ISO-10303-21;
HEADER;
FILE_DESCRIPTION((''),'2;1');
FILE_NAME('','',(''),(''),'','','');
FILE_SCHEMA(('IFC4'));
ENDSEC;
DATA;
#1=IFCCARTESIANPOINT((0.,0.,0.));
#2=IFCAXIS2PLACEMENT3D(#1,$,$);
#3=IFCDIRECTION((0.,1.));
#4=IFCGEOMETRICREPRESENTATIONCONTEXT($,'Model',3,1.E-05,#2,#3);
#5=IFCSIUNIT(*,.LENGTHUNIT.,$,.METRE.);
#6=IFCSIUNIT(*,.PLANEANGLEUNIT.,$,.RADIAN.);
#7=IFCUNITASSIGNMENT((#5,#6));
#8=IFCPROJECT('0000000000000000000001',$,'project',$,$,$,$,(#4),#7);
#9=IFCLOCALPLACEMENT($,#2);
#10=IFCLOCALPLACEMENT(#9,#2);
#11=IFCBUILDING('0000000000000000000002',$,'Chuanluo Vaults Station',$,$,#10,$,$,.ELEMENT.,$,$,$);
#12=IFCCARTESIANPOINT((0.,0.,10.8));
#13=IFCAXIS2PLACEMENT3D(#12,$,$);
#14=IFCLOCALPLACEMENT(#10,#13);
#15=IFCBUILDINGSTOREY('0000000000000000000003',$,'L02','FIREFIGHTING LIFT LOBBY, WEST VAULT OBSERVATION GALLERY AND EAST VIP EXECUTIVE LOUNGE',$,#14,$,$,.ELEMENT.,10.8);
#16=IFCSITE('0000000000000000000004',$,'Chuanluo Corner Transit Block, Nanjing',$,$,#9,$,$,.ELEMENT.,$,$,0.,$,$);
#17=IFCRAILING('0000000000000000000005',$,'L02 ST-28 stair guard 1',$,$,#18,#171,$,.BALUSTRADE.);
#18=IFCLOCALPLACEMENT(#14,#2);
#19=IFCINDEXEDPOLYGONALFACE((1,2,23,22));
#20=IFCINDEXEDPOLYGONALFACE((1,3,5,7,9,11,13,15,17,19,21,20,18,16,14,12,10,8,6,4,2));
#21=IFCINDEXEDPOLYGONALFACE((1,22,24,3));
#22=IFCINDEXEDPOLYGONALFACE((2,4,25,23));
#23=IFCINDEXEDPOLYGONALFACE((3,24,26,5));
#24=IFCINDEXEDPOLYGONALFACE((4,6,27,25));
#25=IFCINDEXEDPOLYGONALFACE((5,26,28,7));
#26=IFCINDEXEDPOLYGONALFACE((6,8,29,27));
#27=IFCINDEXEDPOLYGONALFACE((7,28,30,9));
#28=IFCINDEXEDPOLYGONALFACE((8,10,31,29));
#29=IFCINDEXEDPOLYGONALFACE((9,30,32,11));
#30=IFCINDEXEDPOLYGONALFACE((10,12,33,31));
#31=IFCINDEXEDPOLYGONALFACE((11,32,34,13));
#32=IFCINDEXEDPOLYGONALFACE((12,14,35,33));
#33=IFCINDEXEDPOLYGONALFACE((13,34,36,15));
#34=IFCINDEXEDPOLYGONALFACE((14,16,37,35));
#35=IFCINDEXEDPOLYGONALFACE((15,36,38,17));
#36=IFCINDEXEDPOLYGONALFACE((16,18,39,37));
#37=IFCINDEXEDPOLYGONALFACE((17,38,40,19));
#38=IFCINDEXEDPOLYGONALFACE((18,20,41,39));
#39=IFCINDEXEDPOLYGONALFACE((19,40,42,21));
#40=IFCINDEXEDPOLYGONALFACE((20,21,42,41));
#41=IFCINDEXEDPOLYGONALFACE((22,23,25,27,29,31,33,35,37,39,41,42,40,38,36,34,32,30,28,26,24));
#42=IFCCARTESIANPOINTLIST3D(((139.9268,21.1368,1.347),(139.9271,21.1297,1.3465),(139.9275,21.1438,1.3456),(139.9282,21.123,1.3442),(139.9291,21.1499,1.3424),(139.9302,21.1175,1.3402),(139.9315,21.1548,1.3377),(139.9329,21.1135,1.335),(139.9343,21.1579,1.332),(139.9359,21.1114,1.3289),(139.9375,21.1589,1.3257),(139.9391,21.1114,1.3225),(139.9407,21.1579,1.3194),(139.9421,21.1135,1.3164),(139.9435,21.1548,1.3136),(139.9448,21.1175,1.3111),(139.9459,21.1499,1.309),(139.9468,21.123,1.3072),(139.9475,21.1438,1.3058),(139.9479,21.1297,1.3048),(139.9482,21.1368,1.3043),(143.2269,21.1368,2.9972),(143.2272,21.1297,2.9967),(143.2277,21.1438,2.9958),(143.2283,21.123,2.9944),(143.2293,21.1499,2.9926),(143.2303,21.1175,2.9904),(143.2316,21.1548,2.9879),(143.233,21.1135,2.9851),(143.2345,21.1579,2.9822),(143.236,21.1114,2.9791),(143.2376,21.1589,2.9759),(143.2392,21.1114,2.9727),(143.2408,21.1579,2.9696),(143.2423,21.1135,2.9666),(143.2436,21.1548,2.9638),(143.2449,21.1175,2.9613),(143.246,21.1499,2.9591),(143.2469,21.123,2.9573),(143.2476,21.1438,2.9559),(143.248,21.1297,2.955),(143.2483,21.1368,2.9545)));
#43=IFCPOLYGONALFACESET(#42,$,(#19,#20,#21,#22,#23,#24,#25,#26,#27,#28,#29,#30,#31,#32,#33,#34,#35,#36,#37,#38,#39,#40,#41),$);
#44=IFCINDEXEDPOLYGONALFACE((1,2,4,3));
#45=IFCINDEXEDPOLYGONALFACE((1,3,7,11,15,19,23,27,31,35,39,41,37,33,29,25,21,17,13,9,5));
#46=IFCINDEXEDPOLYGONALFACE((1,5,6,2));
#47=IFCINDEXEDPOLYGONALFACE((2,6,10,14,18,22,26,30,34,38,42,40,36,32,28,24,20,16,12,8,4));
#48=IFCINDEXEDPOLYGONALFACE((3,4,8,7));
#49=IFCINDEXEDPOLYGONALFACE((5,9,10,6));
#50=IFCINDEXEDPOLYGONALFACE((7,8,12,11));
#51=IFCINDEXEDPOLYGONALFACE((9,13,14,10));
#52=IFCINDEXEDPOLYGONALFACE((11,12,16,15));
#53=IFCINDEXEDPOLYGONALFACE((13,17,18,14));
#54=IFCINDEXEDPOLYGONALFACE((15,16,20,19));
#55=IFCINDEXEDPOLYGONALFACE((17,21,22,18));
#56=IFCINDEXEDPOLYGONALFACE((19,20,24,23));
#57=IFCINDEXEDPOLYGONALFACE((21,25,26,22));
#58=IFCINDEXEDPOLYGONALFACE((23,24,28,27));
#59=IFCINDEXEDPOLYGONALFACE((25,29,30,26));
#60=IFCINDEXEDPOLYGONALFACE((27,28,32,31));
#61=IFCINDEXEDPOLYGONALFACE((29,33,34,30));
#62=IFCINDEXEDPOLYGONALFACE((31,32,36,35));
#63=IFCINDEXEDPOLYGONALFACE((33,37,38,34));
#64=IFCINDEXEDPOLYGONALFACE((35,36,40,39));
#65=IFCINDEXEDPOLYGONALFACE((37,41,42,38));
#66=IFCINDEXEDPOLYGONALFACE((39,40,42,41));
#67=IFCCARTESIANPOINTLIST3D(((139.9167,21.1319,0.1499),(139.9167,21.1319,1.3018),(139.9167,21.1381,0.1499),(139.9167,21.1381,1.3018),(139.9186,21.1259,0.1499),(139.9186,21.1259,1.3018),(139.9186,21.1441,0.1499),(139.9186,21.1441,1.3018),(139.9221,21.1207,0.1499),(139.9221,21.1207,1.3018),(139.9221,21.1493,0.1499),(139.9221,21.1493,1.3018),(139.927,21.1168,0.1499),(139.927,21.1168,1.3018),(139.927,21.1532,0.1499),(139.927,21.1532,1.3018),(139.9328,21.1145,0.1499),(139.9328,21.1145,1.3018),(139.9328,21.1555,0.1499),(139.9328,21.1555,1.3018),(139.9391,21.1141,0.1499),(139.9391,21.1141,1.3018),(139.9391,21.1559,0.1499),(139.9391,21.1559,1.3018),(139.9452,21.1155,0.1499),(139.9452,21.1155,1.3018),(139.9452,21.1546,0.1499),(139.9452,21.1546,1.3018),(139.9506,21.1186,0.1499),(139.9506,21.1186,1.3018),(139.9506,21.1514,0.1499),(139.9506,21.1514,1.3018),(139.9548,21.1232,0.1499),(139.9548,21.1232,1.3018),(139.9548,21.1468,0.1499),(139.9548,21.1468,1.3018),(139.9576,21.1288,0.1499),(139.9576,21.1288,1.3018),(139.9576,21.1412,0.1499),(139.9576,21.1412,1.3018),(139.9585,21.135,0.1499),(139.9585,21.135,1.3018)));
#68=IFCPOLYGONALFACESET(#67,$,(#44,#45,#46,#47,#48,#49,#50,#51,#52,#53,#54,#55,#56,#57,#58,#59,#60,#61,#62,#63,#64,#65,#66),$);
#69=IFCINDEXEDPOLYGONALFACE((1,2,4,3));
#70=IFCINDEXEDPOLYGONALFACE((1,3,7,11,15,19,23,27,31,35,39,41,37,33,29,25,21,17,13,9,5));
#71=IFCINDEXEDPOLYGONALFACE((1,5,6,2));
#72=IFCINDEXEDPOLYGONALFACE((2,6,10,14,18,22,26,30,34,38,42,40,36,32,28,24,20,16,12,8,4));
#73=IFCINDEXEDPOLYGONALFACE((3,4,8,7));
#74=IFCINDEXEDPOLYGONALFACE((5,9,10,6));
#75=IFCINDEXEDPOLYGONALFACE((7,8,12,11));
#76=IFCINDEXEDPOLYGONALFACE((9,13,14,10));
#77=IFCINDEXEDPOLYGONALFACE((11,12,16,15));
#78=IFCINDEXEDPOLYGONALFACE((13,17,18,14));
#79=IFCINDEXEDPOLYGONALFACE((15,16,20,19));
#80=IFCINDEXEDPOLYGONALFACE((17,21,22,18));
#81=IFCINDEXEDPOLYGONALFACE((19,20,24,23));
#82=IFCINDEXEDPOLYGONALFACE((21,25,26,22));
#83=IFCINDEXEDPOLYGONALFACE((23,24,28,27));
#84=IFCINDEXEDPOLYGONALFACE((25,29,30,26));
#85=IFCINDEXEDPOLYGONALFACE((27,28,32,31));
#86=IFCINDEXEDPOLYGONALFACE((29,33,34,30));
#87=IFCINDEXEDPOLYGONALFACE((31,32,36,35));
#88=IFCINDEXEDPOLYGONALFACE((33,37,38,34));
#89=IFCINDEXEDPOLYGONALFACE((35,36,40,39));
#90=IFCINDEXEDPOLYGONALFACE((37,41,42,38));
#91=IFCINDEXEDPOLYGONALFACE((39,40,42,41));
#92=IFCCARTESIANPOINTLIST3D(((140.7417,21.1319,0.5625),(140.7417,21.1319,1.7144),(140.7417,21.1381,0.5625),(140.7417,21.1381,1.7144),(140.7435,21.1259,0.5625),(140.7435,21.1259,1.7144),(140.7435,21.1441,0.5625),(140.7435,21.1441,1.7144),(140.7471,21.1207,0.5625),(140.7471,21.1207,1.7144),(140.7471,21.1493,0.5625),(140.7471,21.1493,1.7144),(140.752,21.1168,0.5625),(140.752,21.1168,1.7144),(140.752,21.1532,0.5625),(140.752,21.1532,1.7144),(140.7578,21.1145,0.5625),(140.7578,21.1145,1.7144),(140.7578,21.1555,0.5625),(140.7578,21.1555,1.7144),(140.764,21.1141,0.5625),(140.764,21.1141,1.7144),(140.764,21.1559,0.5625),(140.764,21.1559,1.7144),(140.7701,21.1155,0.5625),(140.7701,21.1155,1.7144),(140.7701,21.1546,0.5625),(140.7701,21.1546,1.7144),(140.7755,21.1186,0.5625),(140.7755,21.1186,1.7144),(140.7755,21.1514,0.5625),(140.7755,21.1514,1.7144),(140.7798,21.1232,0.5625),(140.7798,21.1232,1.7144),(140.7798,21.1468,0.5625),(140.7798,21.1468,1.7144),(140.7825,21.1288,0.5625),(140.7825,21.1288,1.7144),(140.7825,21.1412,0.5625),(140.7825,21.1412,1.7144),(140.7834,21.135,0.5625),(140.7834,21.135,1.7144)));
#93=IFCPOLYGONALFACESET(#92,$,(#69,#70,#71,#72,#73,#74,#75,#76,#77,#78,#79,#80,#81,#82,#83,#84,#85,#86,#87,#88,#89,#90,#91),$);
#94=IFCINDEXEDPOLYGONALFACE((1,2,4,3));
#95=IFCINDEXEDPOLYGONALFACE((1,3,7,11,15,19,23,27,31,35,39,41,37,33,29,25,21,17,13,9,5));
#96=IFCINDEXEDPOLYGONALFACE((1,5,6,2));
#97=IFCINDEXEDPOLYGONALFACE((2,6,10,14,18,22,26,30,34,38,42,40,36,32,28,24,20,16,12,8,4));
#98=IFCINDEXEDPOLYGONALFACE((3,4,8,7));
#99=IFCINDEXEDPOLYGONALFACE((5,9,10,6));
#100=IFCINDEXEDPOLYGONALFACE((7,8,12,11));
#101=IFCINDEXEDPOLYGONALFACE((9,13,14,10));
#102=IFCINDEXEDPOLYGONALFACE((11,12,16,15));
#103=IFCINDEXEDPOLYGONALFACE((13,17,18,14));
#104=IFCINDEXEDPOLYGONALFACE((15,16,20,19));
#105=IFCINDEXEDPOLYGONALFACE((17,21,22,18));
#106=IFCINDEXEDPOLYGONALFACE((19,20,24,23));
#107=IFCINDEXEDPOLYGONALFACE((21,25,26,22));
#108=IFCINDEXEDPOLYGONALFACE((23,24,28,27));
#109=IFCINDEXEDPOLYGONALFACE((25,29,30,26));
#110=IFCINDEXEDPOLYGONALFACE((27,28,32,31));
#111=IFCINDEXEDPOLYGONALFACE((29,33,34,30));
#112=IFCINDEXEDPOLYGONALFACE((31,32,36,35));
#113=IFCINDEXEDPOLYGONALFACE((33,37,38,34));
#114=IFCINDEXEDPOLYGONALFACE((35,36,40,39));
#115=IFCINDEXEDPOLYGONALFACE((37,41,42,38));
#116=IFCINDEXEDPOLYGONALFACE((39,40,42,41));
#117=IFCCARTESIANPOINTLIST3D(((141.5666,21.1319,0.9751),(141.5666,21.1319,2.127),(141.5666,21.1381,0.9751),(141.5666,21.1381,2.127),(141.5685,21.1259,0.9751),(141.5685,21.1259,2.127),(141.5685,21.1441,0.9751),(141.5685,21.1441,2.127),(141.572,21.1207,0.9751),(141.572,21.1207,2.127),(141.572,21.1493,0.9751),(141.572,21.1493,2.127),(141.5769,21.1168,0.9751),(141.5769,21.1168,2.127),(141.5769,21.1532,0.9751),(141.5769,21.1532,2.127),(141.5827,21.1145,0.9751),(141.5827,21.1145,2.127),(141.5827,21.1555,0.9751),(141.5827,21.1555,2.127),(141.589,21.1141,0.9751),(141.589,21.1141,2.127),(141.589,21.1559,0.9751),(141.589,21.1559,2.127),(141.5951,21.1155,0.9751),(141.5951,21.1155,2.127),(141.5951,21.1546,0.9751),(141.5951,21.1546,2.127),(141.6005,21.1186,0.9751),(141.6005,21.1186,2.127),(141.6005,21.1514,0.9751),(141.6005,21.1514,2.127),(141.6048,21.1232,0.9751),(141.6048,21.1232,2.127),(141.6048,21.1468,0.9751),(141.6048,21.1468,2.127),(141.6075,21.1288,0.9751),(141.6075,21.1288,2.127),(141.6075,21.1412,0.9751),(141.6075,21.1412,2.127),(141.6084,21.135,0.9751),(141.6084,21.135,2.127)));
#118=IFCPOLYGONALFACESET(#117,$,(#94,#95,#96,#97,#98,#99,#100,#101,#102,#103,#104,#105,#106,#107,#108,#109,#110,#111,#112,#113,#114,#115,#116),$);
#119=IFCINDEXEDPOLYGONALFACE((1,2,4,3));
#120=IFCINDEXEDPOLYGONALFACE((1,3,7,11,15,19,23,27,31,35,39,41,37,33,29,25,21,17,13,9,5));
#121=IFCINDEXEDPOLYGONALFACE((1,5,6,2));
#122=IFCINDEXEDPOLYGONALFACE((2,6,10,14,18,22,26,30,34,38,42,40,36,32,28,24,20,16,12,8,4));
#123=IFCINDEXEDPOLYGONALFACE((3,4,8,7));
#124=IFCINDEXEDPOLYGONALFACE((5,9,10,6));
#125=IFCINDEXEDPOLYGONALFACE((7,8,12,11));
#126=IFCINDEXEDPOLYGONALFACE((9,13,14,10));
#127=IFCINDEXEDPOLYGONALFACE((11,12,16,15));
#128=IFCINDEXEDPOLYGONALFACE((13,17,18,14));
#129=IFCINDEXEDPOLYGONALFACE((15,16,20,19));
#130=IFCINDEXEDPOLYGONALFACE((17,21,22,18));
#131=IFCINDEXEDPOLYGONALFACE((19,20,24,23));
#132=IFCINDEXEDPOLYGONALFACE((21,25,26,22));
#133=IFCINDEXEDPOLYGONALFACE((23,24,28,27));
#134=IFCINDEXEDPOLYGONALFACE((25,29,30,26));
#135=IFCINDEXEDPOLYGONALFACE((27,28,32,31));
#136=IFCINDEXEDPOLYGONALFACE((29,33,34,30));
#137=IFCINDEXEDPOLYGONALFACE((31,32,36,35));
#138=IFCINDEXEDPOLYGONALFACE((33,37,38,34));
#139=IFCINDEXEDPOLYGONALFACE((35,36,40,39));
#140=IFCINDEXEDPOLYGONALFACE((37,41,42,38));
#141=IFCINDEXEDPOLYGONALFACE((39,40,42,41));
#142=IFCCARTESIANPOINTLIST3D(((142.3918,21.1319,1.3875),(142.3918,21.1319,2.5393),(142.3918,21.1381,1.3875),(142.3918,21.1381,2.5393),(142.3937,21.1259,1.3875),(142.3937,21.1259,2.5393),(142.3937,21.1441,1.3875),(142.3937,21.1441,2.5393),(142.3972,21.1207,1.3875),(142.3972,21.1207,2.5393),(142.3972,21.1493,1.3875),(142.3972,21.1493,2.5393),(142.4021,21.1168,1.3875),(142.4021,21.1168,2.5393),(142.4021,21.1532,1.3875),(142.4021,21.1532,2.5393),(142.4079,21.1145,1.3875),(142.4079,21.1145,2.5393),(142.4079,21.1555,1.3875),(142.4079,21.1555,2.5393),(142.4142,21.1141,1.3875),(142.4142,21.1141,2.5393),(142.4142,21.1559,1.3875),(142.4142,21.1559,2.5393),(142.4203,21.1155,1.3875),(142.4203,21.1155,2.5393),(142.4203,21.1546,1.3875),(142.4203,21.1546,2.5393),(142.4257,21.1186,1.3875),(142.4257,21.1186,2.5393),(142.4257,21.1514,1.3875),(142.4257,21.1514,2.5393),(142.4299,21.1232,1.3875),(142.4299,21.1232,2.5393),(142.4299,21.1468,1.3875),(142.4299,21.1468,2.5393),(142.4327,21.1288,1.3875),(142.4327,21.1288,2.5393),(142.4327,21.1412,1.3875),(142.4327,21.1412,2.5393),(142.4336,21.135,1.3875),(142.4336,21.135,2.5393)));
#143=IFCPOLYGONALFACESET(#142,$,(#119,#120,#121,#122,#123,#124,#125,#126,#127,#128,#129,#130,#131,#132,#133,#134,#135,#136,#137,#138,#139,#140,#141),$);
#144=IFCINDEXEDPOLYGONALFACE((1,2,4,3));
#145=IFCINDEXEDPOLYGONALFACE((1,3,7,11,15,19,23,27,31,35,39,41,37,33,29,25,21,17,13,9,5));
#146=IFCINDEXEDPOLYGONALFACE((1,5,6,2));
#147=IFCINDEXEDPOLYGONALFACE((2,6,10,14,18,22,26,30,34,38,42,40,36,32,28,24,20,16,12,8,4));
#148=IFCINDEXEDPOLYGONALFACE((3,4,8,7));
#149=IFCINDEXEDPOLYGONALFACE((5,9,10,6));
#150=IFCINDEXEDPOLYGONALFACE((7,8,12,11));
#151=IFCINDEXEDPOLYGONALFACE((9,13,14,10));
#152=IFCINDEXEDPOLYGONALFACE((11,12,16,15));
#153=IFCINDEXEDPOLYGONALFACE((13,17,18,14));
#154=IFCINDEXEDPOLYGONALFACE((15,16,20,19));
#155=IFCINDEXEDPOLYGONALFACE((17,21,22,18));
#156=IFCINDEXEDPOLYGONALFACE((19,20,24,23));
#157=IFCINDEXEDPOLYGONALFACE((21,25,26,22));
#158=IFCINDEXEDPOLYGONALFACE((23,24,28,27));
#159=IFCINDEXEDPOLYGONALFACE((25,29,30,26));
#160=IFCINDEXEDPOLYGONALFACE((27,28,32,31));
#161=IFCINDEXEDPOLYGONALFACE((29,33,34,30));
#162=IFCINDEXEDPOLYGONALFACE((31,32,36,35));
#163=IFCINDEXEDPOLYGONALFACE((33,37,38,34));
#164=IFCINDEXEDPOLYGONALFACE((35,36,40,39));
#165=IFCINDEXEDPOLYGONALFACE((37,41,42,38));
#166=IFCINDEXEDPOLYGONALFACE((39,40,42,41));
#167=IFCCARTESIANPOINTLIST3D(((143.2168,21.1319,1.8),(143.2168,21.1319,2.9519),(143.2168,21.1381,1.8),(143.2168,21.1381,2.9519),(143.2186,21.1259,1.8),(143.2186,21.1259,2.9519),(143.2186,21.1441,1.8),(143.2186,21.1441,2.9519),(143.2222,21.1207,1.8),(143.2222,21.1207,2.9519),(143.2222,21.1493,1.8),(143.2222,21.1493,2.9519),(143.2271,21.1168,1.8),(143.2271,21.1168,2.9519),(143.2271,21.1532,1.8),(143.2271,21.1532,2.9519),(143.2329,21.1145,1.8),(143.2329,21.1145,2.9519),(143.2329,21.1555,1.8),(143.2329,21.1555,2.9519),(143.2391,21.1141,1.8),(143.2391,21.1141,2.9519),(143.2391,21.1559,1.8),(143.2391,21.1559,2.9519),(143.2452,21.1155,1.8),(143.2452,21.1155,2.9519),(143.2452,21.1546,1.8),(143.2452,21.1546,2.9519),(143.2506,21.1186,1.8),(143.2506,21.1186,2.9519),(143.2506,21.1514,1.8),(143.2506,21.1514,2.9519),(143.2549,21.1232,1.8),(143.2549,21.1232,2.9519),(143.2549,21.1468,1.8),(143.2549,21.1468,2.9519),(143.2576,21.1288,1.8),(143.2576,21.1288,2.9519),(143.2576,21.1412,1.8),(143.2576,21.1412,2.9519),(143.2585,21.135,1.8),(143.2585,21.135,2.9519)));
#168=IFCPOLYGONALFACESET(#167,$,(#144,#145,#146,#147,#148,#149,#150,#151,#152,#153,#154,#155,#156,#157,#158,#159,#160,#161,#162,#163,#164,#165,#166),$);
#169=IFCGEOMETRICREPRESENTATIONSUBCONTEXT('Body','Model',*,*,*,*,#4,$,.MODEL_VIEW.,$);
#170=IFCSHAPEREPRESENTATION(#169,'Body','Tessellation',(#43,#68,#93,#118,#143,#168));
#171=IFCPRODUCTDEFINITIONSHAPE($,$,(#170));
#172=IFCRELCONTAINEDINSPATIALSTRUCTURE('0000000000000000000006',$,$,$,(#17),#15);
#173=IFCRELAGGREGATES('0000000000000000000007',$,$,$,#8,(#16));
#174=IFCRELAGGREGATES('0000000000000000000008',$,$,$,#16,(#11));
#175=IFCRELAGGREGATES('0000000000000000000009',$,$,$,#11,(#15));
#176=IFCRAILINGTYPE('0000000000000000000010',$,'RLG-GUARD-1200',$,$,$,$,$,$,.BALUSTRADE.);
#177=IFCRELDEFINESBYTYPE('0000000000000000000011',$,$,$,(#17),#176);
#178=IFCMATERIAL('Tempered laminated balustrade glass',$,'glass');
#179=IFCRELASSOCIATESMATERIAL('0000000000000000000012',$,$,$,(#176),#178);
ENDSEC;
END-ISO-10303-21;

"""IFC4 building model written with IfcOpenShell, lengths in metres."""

from ifc_helpers import new_model, si_unit, direction, frame, origin, origin_2d, place, context, subcontext, project, spatial, circle, extrude, material, type_object, element, save


model = new_model("IFC4")

# Units and contexts
model_context = context("Model", 3, precision=1e-05, world=origin(), true_north=direction((0.0, 1.0)))
body_context = subcontext(model_context, "Body", "Model", "MODEL_VIEW")
ifc_project = project(units=[si_unit("LENGTHUNIT", "METRE"), si_unit("PLANEANGLEUNIT", "RADIAN")], contexts=[model_context])

# Site, building, storey
site_placement = place(None, origin())
site = spatial("IfcSite", under=ifc_project, at=site_placement, Name="Chuanluo Corner Transit Block, Nanjing", CompositionType="ELEMENT", RefElevation=0.0)
building_placement = place(site_placement, origin())
building = spatial("IfcBuilding", under=site, at=building_placement, Name="Chuanluo Vaults Station", CompositionType="ELEMENT")
storey_placement = place(building_placement, frame((0.0, 0.0, 10.8)))
storey = spatial("IfcBuildingStorey", under=building, at=storey_placement, Name="L02", Description="FIREFIGHTING LIFT LOBBY, WEST VAULT OBSERVATION GALLERY AND EAST VIP EXECUTIVE LOUNGE", CompositionType="ELEMENT", Elevation=10.8)

# Railing
ifc_material_1 = material(Name="Tempered laminated balustrade glass", Category="glass")
railing_type_1 = type_object("IfcRailingType", Name="RLG-GUARD-1200", PredefinedType="BALUSTRADE", material=ifc_material_1)
railing_1_placement = place(storey_placement, frame((139.9375, 21.135, 0.1499)))
element("IfcRailing", 1, at=railing_1_placement, inside=storey, type_object=railing_type_1, Name="L02 ST-28 stair guard 1", PredefinedType="BALUSTRADE", context=body_context, shape_type="SweptSolid", body=[
    extrude(circle(Radius=0.0239, at=origin_2d()), frame((0.0, 0.0, 1.1758), z_axis=(0.894414, 0.0, 0.44724), x_axis=(0.0, 1.0, 0.0)), (0.0, 0.0, 1.0), 3.6897),
    extrude(circle(Radius=0.021, at=origin_2d()), origin(), (0.0, 0.0, 1.0), 1.1519),
    extrude(circle(Radius=0.021, at=origin_2d()), frame((0.825, 0.0, 0.4126)), (0.0, 0.0, 1.0), 1.1519),
    extrude(circle(Radius=0.021, at=origin_2d()), frame((1.6499, 0.0, 0.8252)), (0.0, 0.0, 1.0), 1.1519),
    extrude(circle(Radius=0.021, at=origin_2d()), frame((2.4751, 0.0, 1.2375)), (0.0, 0.0, 1.0), 1.1519),
    extrude(circle(Radius=0.021, at=origin_2d()), frame((3.3, 0.0, 1.6501)), (0.0, 0.0, 1.0), 1.1519),
])

save(model, "model.ifc")
